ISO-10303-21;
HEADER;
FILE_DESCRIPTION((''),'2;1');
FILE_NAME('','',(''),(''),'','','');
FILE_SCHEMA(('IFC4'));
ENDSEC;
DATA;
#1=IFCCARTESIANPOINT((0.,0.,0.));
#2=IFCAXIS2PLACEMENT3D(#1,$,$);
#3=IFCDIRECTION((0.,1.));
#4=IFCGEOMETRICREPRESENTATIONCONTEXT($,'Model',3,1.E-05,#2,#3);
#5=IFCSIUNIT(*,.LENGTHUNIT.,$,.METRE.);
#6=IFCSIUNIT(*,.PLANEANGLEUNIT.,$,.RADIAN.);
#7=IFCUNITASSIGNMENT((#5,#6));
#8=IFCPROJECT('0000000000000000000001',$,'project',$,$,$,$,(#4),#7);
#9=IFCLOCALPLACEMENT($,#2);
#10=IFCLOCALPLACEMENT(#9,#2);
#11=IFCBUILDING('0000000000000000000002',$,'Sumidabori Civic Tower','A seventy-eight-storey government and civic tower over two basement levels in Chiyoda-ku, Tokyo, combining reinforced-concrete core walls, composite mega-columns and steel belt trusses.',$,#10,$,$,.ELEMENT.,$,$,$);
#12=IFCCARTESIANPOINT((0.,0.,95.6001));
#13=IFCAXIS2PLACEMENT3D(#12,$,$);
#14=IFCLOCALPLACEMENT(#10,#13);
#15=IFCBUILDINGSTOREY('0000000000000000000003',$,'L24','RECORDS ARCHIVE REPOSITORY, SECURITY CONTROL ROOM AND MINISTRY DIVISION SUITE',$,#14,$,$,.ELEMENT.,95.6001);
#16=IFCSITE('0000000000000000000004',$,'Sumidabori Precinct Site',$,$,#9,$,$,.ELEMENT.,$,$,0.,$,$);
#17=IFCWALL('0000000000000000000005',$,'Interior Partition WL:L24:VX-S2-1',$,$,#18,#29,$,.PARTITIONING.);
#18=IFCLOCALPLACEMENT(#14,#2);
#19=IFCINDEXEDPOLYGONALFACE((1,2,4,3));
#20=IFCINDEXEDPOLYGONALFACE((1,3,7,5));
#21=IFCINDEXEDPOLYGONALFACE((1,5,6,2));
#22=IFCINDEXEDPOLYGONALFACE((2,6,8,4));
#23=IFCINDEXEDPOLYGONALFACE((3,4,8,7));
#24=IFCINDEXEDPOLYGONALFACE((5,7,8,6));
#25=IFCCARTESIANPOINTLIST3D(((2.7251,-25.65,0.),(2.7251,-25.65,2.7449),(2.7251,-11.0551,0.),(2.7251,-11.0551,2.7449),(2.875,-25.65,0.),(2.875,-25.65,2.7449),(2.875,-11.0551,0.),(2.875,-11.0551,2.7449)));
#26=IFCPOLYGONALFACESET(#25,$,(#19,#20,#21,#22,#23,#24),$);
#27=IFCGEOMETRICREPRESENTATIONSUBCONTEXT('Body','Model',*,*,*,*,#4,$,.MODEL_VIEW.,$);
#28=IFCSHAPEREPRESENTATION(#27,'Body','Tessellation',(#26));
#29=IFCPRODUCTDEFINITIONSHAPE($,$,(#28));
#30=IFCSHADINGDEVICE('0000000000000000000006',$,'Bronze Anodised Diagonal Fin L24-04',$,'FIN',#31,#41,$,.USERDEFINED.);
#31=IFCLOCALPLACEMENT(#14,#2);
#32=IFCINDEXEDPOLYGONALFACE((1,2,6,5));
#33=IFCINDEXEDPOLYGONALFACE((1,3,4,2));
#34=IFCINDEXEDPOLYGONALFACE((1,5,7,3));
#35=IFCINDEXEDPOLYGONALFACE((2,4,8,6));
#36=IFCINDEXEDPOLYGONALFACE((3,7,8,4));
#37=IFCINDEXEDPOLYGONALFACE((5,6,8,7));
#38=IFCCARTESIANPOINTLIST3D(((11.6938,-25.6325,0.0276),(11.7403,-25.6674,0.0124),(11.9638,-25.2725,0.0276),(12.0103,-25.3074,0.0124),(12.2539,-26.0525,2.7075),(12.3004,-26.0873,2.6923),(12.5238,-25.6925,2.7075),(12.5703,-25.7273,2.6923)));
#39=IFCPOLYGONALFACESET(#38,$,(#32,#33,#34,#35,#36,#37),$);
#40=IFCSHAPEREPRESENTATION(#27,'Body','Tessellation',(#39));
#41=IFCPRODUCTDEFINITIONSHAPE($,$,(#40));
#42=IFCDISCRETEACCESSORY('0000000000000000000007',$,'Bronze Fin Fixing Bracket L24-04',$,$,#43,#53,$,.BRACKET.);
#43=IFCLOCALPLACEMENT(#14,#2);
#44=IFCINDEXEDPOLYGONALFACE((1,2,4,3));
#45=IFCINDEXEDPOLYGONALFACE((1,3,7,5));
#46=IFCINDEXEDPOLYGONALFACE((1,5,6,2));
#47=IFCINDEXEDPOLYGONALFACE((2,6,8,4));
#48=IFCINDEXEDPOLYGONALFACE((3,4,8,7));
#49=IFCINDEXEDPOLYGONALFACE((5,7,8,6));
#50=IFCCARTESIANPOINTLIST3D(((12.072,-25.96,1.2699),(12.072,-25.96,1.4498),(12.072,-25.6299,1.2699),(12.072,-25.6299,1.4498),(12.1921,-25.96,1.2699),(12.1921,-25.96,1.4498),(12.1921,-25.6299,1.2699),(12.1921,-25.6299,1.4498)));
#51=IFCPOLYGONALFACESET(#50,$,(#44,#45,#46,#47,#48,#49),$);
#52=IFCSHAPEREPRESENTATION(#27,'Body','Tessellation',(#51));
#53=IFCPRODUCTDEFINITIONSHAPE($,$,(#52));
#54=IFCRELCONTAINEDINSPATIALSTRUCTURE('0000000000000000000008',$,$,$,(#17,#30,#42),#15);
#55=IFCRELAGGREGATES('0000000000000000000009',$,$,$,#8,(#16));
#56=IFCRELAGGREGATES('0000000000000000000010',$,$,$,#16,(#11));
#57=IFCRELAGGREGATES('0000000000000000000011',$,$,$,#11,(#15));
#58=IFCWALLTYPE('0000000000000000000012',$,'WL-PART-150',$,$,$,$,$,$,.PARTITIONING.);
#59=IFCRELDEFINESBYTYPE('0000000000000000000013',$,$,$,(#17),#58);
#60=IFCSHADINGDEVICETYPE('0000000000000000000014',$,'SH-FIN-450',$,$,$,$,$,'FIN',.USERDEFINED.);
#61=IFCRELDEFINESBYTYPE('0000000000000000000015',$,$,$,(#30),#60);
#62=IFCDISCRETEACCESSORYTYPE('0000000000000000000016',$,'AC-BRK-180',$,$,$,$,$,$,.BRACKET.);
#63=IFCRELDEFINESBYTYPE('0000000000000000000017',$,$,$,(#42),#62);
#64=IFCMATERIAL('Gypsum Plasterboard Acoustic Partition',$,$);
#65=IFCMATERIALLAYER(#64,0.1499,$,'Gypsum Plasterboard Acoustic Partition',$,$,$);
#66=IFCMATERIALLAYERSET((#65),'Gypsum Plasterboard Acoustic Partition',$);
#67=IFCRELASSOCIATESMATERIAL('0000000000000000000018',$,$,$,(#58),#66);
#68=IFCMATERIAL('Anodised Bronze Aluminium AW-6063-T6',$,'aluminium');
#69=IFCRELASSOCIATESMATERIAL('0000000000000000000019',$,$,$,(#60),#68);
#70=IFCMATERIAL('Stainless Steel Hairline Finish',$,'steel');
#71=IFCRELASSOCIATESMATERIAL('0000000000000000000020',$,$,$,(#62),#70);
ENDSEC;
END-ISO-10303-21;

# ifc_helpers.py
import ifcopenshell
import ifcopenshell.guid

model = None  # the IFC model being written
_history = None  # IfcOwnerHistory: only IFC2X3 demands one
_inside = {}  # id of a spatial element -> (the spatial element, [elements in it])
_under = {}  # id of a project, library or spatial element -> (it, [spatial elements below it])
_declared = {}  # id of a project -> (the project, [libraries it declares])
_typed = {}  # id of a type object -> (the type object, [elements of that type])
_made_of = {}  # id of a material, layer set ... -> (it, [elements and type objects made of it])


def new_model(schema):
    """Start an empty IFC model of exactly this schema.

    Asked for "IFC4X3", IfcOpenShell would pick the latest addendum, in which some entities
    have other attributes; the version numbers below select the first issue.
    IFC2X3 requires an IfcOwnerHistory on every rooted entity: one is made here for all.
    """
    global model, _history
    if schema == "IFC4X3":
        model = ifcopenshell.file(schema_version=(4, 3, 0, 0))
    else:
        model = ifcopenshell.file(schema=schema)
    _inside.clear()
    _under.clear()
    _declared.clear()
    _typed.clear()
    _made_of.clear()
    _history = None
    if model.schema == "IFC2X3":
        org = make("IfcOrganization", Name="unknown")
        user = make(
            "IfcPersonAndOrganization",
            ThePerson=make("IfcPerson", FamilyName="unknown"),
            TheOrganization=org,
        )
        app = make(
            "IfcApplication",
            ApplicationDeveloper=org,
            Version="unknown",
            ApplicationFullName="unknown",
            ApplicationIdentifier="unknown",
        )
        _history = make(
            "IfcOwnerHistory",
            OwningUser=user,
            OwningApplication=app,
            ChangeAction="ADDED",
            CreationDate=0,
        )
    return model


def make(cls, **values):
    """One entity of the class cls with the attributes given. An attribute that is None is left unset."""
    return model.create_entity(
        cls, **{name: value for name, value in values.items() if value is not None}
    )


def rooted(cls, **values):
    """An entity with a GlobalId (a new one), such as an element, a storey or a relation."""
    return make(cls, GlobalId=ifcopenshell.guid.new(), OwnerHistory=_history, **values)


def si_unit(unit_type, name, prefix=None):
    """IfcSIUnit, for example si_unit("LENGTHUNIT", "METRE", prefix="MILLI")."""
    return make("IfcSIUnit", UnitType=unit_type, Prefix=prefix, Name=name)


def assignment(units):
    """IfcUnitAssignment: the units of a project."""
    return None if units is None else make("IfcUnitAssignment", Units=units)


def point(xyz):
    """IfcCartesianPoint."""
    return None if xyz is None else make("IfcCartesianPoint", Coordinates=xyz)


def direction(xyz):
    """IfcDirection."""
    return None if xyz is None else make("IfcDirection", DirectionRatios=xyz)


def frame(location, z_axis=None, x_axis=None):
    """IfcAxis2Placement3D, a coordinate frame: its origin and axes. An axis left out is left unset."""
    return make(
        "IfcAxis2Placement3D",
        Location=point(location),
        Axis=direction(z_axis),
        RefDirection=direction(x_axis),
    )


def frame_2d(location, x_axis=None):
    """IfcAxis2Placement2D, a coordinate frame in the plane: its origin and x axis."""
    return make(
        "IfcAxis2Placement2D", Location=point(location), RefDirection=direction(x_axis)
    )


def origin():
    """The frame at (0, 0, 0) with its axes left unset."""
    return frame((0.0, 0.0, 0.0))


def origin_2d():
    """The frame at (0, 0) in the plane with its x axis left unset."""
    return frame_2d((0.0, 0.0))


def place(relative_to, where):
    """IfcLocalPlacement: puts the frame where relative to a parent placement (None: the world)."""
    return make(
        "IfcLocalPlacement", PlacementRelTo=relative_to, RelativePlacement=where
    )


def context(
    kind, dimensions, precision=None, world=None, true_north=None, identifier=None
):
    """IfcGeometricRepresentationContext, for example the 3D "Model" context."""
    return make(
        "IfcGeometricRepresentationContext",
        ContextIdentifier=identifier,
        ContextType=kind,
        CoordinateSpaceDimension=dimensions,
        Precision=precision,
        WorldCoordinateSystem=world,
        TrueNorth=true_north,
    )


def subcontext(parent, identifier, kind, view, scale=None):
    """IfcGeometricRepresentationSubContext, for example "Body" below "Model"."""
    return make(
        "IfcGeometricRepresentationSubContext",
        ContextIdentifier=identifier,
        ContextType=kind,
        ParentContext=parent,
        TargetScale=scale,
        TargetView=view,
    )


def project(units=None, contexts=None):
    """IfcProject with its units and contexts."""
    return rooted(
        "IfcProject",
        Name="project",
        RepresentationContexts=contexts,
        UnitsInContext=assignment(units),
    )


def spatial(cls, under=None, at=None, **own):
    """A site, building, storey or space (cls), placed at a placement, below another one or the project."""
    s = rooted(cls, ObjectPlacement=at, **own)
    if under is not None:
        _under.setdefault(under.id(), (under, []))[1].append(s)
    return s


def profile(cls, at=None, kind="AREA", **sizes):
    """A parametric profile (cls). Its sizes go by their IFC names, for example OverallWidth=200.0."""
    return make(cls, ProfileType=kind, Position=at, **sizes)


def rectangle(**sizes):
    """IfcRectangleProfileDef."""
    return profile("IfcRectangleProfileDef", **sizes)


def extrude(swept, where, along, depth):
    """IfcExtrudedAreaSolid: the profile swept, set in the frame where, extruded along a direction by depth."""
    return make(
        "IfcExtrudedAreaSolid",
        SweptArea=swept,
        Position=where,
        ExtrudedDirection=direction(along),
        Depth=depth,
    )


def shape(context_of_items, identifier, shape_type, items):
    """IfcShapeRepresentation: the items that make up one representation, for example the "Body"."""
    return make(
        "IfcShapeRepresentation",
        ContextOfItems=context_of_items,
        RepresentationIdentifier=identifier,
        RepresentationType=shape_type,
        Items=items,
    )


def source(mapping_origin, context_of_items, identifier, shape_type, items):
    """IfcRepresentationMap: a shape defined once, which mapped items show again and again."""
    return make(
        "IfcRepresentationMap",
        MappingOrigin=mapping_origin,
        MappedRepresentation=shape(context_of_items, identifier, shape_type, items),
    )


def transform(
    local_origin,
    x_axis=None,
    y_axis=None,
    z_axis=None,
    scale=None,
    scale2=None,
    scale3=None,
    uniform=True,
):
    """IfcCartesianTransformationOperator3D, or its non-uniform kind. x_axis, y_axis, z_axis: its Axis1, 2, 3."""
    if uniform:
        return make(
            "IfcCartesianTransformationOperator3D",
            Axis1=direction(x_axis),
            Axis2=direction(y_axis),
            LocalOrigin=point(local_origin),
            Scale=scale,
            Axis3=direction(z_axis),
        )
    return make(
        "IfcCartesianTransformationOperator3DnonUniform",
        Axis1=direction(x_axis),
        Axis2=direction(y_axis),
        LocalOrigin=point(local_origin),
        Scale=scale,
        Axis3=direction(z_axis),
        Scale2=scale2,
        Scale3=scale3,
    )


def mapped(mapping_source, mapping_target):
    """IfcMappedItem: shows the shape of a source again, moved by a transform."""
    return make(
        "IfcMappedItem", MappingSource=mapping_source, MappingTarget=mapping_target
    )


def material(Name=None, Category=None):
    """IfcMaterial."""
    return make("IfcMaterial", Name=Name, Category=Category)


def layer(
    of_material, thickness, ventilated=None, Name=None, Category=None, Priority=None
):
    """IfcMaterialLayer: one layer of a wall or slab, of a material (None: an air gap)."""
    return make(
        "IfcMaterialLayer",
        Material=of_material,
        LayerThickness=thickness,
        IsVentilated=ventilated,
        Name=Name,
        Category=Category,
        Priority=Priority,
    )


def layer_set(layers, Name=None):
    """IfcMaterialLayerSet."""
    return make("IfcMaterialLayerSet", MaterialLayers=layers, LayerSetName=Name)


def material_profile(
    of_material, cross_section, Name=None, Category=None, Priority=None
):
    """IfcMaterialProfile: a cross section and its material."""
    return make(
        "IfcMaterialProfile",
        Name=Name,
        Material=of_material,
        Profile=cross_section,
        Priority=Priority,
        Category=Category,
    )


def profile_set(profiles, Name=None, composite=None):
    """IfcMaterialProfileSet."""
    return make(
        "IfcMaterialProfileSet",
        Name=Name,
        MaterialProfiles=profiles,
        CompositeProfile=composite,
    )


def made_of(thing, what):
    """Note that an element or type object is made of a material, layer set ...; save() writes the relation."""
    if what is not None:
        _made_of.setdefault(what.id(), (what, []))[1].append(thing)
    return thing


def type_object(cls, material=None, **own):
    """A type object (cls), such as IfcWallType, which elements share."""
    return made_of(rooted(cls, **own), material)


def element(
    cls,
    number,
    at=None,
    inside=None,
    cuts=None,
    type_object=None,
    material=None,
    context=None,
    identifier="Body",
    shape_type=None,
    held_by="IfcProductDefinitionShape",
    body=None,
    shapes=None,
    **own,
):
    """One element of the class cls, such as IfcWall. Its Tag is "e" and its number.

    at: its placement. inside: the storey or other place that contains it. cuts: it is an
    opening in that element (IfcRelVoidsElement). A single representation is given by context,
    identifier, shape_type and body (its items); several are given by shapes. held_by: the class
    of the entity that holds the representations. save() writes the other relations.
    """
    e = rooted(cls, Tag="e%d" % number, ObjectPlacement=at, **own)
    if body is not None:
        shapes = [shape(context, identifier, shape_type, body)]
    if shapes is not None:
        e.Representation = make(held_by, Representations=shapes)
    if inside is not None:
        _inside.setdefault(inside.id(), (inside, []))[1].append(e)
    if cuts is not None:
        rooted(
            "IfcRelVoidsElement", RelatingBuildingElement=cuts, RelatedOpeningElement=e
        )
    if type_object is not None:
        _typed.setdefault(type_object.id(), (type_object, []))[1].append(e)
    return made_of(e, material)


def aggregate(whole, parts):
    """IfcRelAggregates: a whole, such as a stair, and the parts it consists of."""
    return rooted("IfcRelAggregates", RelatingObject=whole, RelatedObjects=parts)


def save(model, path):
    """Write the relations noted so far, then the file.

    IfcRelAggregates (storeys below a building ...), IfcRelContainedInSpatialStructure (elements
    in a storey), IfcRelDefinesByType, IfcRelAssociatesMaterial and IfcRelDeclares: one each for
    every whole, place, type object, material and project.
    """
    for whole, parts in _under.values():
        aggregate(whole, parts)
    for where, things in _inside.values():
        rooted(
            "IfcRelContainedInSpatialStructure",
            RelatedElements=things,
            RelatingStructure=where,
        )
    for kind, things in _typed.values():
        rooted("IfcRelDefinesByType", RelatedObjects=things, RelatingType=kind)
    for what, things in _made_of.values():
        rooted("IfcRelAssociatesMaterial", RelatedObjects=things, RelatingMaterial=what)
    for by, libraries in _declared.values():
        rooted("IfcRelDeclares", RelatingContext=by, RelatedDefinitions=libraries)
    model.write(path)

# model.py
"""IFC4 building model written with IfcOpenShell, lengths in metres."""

from ifc_helpers import new_model, si_unit, direction, frame, frame_2d, origin, origin_2d, place, context, subcontext, project, spatial, rectangle, extrude, source, transform, mapped, material, layer, layer_set, material_profile, profile_set, type_object, element, save


model = new_model("IFC4")

# Units and contexts
model_context = context("Model", 3, precision=1e-05, world=origin(), true_north=direction((0.0, 1.0)))
body_context = subcontext(model_context, "Body", "Model", "MODEL_VIEW")
ifc_project = project(units=[si_unit("LENGTHUNIT", "METRE"), si_unit("PLANEANGLEUNIT", "RADIAN")], contexts=[model_context])

# Site, building, storey
site_placement = place(None, origin())
site = spatial("IfcSite", under=ifc_project, at=site_placement, Name="Sumidabori Precinct Site", CompositionType="ELEMENT", RefElevation=0.0)
building_placement = place(site_placement, origin())
building = spatial("IfcBuilding", under=site, at=building_placement, Name="Sumidabori Civic Tower", Description="A seventy-eight-storey government and civic tower over two basement levels in Chiyoda-ku, Tokyo, combining reinforced-concrete core walls, composite mega-columns and steel belt trusses.", CompositionType="ELEMENT")
storey_placement = place(building_placement, frame((0.0, 0.0, 95.6001)))
storey = spatial("IfcBuildingStorey", under=building, at=storey_placement, Name="L24", Description="RECORDS ARCHIVE REPOSITORY, SECURITY CONTROL ROOM AND MINISTRY DIVISION SUITE", CompositionType="ELEMENT", Elevation=95.6001)

# Shared definitions
ifc_material_1 = material(Name="Anodised Bronze Aluminium AW-6063-T6", Category="aluminium")

# Shared definitions
ifc_material_2 = material(Name="Gypsum Plasterboard Acoustic Partition")
ifc_layer_1 = layer(ifc_material_2, 0.1499, Name="Gypsum Plasterboard Acoustic Partition")
ifc_layer_set_1 = layer_set([ifc_layer_1], Name="Gypsum Plasterboard Acoustic Partition")
wall_type = type_object("IfcWallType", Name="WL-PART-150", PredefinedType="PARTITIONING", material=ifc_layer_set_1)

# Wall
shared_shape_1 = source(origin(), body_context, "Body", "SweptSolid", [
    extrude(rectangle(XDim=14.595, YDim=0.1499, at=frame_2d((7.2974, 0.0))), origin(), (0.0, 0.0, 1.0), 2.7449),
])
wall_1_placement = place(storey_placement, frame((2.8, -25.6499, 0.0), z_axis=(0.0, 0.0, 1.0), x_axis=(0.0, 1.0, 0.0)))
element("IfcWall", 1, at=wall_1_placement, inside=storey, type_object=wall_type, Name="Interior Partition WL:L24:VX-S2-1", PredefinedType="PARTITIONING", context=body_context, shape_type="MappedRepresentation", body=[
    mapped(shared_shape_1, transform((0.0, 0.0, 0.0), x_axis=(1.0, 0.0, 0.0), y_axis=(0.0, 1.0, 0.0), z_axis=(0.0, 0.0, 1.0), scale=1.0)),
])

# Shading device
ifc_material_profile_1 = material_profile(ifc_material_1, rectangle(XDim=0.0601, YDim=0.45, at=origin_2d()), Name="BRONZE FIN 450x60")
ifc_profile_set_1 = profile_set([ifc_material_profile_1], Name="Anodised Bronze Aluminium AW-6063-T6")
shading_device_type = type_object("IfcShadingDeviceType", Name="SH-FIN-450", ElementType="FIN", PredefinedType="USERDEFINED", material=ifc_profile_set_1)
shared_shape_2 = source(origin(), body_context, "Body", "SweptSolid", [
    extrude(rectangle(XDim=0.0601, YDim=0.45, at=origin_2d()), origin(), (0.0, 0.0, 1.0), 2.7698),
])
shading_device_placement = place(storey_placement, frame((11.8521, -25.47, 0.02), z_axis=(0.202199, -0.151605, 0.967539), x_axis=(0.774112, -0.580415, -0.252722)))
element("IfcShadingDevice", 2, at=shading_device_placement, inside=storey, type_object=shading_device_type, Name="Bronze Anodised Diagonal Fin L24-04", ObjectType="FIN", PredefinedType="USERDEFINED", context=body_context, shape_type="MappedRepresentation", body=[
    mapped(shared_shape_2, transform((0.0, 0.0, 0.0), x_axis=(1.0, 0.0, 0.0), y_axis=(0.0, 1.0, 0.0), z_axis=(0.0, 0.0, 1.0), scale=1.0)),
])

# Discrete accessory
ifc_material_3 = material(Name="Stainless Steel Hairline Finish", Category="steel")
ifc_material_profile_2 = material_profile(ifc_material_3, rectangle(XDim=0.1201, YDim=0.1799, at=origin_2d()), Name="STEEL BRACKET 180x120")
ifc_profile_set_2 = profile_set([ifc_material_profile_2], Name="Stainless Steel Hairline Finish")
discrete_accessory_type = type_object("IfcDiscreteAccessoryType", Name="AC-BRK-180", PredefinedType="BRACKET", material=ifc_profile_set_2)
shared_shape_3 = source(origin(), body_context, "Body", "SweptSolid", [
    extrude(rectangle(XDim=0.1201, YDim=0.1799, at=origin_2d()), origin(), (0.0, 0.0, 1.0), 0.3301),
])
discrete_accessory_placement = place(storey_placement, frame((12.1321, -25.6299, 1.3599), z_axis=(0.0, -1.0, 0.0), x_axis=(1.0, 0.0, 0.0)))
element("IfcDiscreteAccessory", 3, at=discrete_accessory_placement, inside=storey, type_object=discrete_accessory_type, Name="Bronze Fin Fixing Bracket L24-04", PredefinedType="BRACKET", context=body_context, shape_type="MappedRepresentation", body=[
    mapped(shared_shape_3, transform((0.0, 0.0, 0.0), x_axis=(1.0, 0.0, 0.0), y_axis=(0.0, 1.0, 0.0), z_axis=(0.0, 0.0, 1.0), scale=1.0)),
])

save(model, "model.ifc")
